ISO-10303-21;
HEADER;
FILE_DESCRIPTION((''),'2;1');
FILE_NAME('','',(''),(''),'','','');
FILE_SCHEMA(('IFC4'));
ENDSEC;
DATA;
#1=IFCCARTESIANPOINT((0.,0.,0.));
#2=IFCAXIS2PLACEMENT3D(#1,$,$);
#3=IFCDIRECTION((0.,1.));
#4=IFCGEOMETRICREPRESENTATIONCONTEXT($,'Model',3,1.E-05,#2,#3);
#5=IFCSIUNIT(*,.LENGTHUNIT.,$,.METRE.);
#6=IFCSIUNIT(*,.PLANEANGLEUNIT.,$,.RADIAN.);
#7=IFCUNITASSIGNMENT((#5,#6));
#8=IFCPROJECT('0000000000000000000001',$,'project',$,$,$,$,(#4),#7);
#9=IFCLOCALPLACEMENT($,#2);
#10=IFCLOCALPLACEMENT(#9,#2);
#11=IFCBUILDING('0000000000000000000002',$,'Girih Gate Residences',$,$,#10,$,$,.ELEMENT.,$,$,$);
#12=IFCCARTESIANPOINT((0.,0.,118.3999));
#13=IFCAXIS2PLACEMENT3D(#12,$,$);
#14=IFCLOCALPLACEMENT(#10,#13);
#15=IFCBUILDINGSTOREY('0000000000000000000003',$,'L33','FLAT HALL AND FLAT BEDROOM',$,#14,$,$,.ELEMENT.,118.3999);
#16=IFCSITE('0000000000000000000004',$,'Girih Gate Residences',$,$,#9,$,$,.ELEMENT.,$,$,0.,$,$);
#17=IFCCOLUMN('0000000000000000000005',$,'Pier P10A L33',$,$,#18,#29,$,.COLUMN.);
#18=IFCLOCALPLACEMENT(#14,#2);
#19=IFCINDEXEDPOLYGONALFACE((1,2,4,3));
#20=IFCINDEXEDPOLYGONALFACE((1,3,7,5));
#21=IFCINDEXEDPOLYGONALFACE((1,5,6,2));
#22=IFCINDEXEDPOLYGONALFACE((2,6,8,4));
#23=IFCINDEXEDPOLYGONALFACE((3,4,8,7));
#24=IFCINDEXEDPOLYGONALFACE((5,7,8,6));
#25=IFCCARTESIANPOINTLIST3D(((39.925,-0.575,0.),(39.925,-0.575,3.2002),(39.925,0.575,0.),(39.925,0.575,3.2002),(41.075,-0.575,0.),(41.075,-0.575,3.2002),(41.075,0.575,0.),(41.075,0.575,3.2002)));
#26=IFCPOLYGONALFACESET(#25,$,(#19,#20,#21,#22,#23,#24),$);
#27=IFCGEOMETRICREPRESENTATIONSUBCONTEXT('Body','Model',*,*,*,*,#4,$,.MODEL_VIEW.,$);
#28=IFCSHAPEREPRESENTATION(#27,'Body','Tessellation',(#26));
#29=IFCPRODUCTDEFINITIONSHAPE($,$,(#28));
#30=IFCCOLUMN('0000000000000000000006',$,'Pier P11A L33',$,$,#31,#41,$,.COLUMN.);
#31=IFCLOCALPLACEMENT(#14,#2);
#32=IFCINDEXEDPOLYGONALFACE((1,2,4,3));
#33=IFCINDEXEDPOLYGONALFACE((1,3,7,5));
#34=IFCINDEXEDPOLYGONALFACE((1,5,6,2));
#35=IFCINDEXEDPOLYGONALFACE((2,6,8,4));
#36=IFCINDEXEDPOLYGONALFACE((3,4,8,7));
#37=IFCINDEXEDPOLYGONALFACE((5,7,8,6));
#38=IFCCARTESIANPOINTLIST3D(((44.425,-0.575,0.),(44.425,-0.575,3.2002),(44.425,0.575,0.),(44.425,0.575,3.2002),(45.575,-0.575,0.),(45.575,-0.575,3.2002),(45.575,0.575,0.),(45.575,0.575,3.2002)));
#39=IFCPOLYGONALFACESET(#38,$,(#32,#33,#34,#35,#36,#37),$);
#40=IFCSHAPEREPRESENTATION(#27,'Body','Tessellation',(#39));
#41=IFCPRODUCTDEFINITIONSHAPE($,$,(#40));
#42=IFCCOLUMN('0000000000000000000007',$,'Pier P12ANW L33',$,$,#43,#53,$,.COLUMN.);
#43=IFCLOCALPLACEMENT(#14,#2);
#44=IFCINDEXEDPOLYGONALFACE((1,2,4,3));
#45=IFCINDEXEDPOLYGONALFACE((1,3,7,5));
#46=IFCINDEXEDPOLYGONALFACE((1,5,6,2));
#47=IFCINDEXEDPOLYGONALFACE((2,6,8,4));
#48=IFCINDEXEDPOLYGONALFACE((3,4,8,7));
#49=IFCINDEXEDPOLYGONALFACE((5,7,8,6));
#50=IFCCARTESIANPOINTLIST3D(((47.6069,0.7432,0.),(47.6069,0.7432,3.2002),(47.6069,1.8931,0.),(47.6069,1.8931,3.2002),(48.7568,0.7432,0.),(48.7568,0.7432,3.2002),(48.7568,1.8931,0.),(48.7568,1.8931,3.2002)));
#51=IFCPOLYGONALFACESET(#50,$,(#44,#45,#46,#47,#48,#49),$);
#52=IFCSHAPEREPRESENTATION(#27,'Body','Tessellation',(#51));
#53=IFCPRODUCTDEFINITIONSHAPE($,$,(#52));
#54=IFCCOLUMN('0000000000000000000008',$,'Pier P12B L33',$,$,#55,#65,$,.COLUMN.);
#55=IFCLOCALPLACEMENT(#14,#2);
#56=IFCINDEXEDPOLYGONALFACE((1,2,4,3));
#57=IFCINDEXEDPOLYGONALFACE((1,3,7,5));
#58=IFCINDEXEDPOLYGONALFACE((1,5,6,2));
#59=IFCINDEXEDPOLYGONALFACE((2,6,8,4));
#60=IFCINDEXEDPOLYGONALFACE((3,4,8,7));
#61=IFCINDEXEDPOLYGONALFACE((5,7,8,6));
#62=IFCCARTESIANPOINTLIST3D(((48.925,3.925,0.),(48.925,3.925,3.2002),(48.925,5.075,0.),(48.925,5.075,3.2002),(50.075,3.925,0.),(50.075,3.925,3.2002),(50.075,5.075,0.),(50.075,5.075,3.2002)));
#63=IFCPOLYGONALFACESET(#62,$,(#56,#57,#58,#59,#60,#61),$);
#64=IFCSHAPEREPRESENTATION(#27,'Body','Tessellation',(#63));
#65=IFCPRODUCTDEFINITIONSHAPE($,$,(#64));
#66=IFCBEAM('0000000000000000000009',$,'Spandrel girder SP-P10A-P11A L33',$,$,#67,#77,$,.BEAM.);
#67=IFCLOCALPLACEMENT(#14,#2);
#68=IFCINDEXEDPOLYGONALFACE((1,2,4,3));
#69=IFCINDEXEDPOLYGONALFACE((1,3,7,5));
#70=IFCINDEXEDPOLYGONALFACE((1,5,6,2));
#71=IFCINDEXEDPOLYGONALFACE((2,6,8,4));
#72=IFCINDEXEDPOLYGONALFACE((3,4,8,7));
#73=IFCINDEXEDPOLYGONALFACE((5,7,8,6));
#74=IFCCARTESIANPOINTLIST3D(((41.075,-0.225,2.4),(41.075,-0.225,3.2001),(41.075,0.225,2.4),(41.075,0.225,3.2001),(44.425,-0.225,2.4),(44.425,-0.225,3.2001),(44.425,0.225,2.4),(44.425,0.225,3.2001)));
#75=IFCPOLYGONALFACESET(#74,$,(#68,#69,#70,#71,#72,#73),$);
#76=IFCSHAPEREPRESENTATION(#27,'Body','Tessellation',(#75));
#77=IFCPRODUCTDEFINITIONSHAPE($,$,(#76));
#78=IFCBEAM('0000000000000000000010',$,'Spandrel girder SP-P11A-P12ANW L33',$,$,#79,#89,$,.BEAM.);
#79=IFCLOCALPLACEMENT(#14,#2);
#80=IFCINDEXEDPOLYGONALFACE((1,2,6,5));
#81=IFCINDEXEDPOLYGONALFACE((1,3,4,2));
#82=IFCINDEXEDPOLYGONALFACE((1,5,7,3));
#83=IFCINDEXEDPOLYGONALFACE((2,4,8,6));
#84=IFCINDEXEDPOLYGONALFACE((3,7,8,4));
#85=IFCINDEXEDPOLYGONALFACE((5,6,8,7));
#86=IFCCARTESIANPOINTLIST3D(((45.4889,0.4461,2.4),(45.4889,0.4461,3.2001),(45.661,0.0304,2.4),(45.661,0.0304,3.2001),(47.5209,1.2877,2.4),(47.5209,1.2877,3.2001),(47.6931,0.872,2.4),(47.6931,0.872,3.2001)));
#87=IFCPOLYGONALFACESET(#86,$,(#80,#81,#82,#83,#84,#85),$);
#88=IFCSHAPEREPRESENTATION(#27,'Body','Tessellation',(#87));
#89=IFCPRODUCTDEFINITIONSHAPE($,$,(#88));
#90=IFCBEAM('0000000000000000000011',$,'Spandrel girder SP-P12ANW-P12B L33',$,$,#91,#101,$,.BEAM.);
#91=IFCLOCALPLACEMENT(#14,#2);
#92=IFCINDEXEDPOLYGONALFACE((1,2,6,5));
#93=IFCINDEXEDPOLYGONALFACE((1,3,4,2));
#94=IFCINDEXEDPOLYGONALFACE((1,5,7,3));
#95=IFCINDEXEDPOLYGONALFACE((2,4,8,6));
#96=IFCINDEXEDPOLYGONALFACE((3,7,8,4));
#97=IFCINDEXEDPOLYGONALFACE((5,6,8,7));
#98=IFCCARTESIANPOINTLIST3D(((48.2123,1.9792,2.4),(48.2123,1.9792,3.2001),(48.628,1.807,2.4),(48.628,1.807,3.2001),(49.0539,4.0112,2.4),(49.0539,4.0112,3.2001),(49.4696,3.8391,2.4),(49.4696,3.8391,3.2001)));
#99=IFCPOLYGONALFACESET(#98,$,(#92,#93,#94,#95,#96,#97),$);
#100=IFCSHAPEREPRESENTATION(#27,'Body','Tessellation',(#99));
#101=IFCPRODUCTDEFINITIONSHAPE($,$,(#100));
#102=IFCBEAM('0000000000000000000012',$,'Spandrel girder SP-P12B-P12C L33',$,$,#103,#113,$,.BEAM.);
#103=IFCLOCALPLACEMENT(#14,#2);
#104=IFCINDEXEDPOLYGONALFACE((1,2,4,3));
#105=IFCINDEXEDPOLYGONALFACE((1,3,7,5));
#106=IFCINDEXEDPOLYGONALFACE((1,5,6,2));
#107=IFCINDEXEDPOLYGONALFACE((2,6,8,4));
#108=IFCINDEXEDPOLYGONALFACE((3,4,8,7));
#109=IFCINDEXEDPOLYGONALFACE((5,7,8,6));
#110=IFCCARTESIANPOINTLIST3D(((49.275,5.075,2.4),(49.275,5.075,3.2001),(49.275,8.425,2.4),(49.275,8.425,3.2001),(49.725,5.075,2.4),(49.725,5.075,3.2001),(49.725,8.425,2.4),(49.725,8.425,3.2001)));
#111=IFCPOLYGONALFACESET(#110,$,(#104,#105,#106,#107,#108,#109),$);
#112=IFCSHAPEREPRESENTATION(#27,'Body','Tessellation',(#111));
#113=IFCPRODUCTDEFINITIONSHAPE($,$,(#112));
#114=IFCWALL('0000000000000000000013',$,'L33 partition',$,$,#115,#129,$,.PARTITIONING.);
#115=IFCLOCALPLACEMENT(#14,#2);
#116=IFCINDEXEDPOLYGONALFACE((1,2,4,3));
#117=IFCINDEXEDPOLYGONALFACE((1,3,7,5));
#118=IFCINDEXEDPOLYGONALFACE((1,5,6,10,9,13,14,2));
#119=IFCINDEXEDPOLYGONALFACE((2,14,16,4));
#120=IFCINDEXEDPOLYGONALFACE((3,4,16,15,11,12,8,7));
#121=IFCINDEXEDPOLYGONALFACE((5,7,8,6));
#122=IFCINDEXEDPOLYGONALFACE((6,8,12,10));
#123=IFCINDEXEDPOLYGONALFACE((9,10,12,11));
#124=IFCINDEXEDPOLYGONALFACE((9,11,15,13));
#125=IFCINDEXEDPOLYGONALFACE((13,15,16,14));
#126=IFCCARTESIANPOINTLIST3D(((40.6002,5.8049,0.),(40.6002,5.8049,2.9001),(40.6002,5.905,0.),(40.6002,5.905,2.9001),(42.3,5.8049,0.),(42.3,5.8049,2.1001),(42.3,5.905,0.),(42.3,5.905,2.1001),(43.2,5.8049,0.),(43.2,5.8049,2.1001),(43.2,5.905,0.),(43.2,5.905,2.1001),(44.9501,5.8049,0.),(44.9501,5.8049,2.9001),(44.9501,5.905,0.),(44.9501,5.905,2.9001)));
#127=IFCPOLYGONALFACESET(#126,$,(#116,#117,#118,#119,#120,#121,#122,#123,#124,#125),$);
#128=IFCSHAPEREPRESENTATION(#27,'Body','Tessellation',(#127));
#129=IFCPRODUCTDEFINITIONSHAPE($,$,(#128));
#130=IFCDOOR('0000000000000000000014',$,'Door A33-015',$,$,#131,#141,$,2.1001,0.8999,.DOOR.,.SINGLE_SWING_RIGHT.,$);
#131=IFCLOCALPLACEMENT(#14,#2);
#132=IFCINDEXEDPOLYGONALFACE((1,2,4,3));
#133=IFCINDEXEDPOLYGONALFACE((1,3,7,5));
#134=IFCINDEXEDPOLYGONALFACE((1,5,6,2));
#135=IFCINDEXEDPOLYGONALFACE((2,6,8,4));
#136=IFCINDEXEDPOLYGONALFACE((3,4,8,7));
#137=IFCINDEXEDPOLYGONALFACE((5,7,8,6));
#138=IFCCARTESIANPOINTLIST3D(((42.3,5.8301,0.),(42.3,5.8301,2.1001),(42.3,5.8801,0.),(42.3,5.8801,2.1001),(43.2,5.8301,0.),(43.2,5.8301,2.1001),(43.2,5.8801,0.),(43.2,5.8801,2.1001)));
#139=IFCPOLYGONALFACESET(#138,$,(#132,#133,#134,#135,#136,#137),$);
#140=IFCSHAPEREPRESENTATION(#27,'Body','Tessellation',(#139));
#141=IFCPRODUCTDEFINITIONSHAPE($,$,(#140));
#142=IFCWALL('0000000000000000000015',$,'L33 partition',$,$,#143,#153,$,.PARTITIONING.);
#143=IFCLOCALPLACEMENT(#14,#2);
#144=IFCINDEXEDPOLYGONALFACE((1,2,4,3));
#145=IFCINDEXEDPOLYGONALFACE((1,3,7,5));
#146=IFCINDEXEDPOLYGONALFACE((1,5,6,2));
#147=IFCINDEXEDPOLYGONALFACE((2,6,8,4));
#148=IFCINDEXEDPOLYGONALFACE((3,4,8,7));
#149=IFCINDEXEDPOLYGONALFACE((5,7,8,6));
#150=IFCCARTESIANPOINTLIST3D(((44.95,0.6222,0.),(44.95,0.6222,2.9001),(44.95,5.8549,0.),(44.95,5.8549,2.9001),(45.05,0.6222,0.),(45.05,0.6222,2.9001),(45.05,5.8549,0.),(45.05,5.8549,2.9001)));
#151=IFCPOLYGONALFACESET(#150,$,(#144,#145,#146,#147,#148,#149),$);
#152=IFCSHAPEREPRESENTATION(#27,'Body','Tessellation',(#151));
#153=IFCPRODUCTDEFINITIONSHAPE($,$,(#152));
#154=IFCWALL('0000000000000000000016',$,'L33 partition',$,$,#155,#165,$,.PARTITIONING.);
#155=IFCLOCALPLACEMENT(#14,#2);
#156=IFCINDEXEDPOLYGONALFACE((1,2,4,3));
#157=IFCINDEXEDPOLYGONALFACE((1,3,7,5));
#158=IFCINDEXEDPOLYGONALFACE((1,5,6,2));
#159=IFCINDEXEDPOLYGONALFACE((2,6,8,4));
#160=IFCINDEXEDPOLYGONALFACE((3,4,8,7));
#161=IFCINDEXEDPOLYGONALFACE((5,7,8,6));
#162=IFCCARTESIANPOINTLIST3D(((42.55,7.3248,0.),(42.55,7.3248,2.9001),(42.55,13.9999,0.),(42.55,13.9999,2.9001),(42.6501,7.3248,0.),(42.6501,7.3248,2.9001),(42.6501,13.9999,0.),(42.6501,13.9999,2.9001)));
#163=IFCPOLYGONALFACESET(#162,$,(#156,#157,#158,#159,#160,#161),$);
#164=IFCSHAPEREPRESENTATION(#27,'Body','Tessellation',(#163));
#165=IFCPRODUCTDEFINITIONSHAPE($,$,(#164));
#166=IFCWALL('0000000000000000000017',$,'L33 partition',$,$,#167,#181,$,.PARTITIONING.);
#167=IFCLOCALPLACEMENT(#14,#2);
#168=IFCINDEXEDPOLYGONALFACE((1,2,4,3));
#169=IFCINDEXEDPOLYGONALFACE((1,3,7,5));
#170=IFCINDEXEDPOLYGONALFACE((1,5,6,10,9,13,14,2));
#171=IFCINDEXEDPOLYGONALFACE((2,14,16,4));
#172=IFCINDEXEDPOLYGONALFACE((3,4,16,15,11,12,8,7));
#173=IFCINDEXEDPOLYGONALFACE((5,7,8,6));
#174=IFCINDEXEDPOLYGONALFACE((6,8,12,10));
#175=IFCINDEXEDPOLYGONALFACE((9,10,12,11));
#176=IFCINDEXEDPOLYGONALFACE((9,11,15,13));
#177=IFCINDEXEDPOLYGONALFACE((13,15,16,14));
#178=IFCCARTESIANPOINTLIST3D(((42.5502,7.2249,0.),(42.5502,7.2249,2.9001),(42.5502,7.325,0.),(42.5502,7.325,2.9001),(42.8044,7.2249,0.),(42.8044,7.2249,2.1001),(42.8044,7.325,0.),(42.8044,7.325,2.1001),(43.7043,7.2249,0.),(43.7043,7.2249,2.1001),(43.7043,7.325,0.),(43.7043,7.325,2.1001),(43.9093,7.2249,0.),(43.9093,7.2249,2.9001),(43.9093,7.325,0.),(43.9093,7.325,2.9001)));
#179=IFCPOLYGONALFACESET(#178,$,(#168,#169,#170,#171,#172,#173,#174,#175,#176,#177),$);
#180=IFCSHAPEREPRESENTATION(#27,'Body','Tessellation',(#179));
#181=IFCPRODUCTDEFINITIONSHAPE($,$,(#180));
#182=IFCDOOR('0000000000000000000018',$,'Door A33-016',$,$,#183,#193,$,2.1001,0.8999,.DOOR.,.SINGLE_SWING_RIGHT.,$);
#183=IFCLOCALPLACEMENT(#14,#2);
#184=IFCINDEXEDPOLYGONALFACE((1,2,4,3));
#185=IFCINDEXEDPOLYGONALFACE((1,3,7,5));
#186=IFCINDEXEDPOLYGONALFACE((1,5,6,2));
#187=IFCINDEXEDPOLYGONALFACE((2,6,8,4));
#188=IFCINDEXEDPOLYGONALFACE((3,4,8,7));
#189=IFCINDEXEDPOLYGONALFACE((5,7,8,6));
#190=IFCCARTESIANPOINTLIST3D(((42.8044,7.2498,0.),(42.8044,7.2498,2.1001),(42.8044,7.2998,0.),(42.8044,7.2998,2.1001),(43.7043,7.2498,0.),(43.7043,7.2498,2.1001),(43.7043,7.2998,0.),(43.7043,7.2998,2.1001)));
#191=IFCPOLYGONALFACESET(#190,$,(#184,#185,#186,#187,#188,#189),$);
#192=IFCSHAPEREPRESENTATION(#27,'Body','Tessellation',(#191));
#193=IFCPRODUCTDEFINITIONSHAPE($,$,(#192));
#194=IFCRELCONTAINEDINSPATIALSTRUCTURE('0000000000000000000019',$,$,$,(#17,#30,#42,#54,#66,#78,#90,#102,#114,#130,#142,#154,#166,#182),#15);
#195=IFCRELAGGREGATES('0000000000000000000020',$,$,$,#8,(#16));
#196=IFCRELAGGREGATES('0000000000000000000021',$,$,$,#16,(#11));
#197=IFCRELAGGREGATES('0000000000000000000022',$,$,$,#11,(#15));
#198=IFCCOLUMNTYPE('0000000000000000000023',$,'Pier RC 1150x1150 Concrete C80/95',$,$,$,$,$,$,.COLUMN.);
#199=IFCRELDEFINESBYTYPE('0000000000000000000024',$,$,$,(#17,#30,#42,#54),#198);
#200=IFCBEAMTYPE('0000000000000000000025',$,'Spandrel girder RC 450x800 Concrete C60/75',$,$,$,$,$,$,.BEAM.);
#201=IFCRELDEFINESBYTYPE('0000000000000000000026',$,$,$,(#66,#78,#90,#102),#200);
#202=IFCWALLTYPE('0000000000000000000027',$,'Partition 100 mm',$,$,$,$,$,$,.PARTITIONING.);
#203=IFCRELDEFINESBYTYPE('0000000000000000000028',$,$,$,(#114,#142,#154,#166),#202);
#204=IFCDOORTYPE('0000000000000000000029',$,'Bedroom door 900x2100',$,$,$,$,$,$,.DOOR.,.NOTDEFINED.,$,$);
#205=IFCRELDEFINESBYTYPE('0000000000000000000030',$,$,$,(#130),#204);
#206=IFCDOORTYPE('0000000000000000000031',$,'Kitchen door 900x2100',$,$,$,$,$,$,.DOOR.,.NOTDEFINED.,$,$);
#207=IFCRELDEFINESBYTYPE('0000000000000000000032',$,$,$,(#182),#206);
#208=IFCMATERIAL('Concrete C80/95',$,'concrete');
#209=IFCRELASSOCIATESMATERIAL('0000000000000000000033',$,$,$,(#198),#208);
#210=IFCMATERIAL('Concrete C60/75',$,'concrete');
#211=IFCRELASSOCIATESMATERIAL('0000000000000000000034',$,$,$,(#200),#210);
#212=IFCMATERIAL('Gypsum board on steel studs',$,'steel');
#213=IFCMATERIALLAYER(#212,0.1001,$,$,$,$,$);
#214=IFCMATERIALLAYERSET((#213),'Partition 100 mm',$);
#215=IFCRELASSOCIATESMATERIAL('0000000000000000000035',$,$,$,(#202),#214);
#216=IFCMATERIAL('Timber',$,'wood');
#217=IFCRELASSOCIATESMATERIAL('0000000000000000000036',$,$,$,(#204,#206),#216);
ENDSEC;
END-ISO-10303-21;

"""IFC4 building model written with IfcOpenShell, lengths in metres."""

from ifc_helpers import new_model, si_unit, direction, frame, frame_2d, origin, origin_2d, place, context, subcontext, project, spatial, rectangle, extrude, material, layer, layer_set, material_profile, profile_set, type_object, element, fill, save


model = new_model("IFC4")

# Units and contexts
model_context = context("Model", 3, precision=1e-05, world=origin(), true_north=direction((0.0, 1.0)))
body_context = subcontext(model_context, "Body", "Model", "MODEL_VIEW")
ifc_project = project(units=[si_unit("LENGTHUNIT", "METRE"), si_unit("PLANEANGLEUNIT", "RADIAN")], contexts=[model_context])

# Site, building, storey
site_placement = place(None, origin())
site = spatial("IfcSite", under=ifc_project, at=site_placement, Name="Girih Gate Residences", CompositionType="ELEMENT", RefElevation=0.0)
building_placement = place(site_placement, origin())
building = spatial("IfcBuilding", under=site, at=building_placement, Name="Girih Gate Residences", CompositionType="ELEMENT")
storey_placement = place(building_placement, frame((0.0, 0.0, 118.3999)))
storey = spatial("IfcBuildingStorey", under=building, at=storey_placement, Name="L33", Description="FLAT HALL AND FLAT BEDROOM", CompositionType="ELEMENT", Elevation=118.3999)

# Columns
ifc_material_1 = material(Name="Concrete C80/95", Category="concrete")
ifc_material_profile_1 = material_profile(ifc_material_1, rectangle(XDim=1.1499, YDim=1.1499, at=origin_2d()))
ifc_profile_set_1 = profile_set([ifc_material_profile_1], Name="Concrete C80/95")
column_type = type_object("IfcColumnType", Name="Pier RC 1150x1150 Concrete C80/95", PredefinedType="COLUMN", material=ifc_profile_set_1)
for number, where, z_axis, x_axis, name in (
    (1, (40.5, 0.0, 0.0), (0.0, 0.0, 1.0), (1.0, 0.0, 0.0), "Pier P10A L33"),
    (2, (45.0, 0.0, 0.0), (0.0, 0.0, 1.0), (1.0, 0.0, 0.0), "Pier P11A L33"),
    (3, (48.1819, 1.3181, 0.0), (0.0, 0.0, 1.0), (1.0, 0.0, 0.0), "Pier P12ANW L33"),
    (4, (49.5, 4.5, 0.0), (0.0, 0.0, 1.0), (1.0, 0.0, 0.0), "Pier P12B L33"),
):
    element("IfcColumn", number, at=place(storey_placement, frame(where, z_axis=z_axis, x_axis=x_axis)), inside=storey, type_object=column_type, Name=name, PredefinedType="COLUMN", context=body_context, shape_type="SweptSolid", body=[
        extrude(rectangle(XDim=1.1499, YDim=1.1499, at=origin_2d()), origin(), (0.0, 0.0, 1.0), 3.2002),
    ])

# Beams
ifc_material_2 = material(Name="Concrete C60/75", Category="concrete")
ifc_material_profile_2 = material_profile(ifc_material_2, rectangle(XDim=0.45, YDim=0.8, at=origin_2d()))
ifc_profile_set_2 = profile_set([ifc_material_profile_2], Name="Concrete C60/75")
beam_type = type_object("IfcBeamType", Name="Spandrel girder RC 450x800 Concrete C60/75", PredefinedType="BEAM", material=ifc_profile_set_2)
beam_1_placement = place(storey_placement, frame((41.075, 0.0, 2.8), z_axis=(1.0, 0.0, 0.0), x_axis=(0.0, 1.0, 0.0)))
element("IfcBeam", 5, at=beam_1_placement, inside=storey, type_object=beam_type, Name="Spandrel girder SP-P10A-P11A L33", PredefinedType="BEAM", context=body_context, shape_type="SweptSolid", body=[
    extrude(rectangle(XDim=0.45, YDim=0.8, at=origin_2d()), origin(), (0.0, 0.0, 1.0), 3.3501),
])
for number, where, z_axis, x_axis, name in (
    (6, (45.575, 0.2383, 2.8), (0.923899, 0.382636, 0.0), (-0.382636, 0.923899, 0.0), "Spandrel girder SP-P11A-P12ANW L33"),
    (7, (48.4202, 1.8931, 2.8), (0.382636, 0.923899, 0.0), (-0.923899, 0.382636, 0.0), "Spandrel girder SP-P12ANW-P12B L33"),
):
    element("IfcBeam", number, at=place(storey_placement, frame(where, z_axis=z_axis, x_axis=x_axis)), inside=storey, type_object=beam_type, Name=name, PredefinedType="BEAM", context=body_context, shape_type="SweptSolid", body=[
        extrude(rectangle(XDim=0.45, YDim=0.8, at=origin_2d()), origin(), (0.0, 0.0, 1.0), 2.1995),
    ])
beam_2_placement = place(storey_placement, frame((49.5, 5.075, 2.8), z_axis=(0.0, 1.0, 0.0), x_axis=(-1.0, 0.0, 0.0)))
element("IfcBeam", 8, at=beam_2_placement, inside=storey, type_object=beam_type, Name="Spandrel girder SP-P12B-P12C L33", PredefinedType="BEAM", context=body_context, shape_type="SweptSolid", body=[
    extrude(rectangle(XDim=0.45, YDim=0.8, at=origin_2d()), origin(), (0.0, 0.0, 1.0), 3.3501),
])

# Wall, opening, door
ifc_material_3 = material(Name="Gypsum board on steel studs", Category="steel")
ifc_layer_1 = layer(ifc_material_3, 0.1001)
ifc_layer_set_1 = layer_set([ifc_layer_1], Name="Partition 100 mm")
wall_type_1 = type_object("IfcWallType", Name="Partition 100 mm", PredefinedType="PARTITIONING", material=ifc_layer_set_1)
wall_1_placement = place(storey_placement, frame((44.95, 5.855, 0.0), z_axis=(0.0, 0.0, 1.0), x_axis=(-1.0, 0.0, 0.0)))
wall_1 = element("IfcWall", 9, at=wall_1_placement, inside=storey, type_object=wall_type_1, Name="L33 partition", PredefinedType="PARTITIONING", context=body_context, shape_type="SweptSolid", body=[
    extrude(rectangle(XDim=4.3499, YDim=0.1001, at=frame_2d((2.1748, 0.0))), origin(), (0.0, 0.0, 1.0), 2.9001),
])
opening_1_placement = place(wall_1_placement, frame((1.75, 0.0, 0.0)))
opening_1 = element("IfcOpeningElement", 10, at=opening_1_placement, cuts=wall_1, PredefinedType="OPENING", context=body_context, shape_type="SweptSolid", body=[
    extrude(rectangle(XDim=0.8999, YDim=2.1001, at=frame_2d((0.45, 1.05))), frame((0.0, 0.0601, 0.0), z_axis=(0.0, -1.0, 0.0), x_axis=(1.0, 0.0, 0.0)), (0.0, 0.0, 1.0), 0.1201),
])
ifc_material_4 = material(Name="Timber", Category="wood")
door_type_1 = type_object("IfcDoorType", Name="Bedroom door 900x2100", OperationType="NOTDEFINED", PredefinedType="DOOR", material=ifc_material_4)
door_1_placement = place(opening_1_placement, origin())
door_1 = element("IfcDoor", 11, at=door_1_placement, inside=storey, type_object=door_type_1, Name="Door A33-015", OperationType="SINGLE_SWING_RIGHT", OverallHeight=2.1001, OverallWidth=0.8999, PredefinedType="DOOR", context=body_context, shape_type="SweptSolid", body=[
    extrude(rectangle(XDim=0.8999, YDim=2.1001, at=frame_2d((0.45, 1.05))), frame((0.0, 0.0249, 0.0), z_axis=(0.0, -1.0, 0.0), x_axis=(1.0, 0.0, 0.0)), (0.0, 0.0, 1.0), 0.05),
])
fill(opening_1, door_1)

# Walls
wall_2_placement = place(storey_placement, frame((45.0, 0.6223, 0.0), z_axis=(0.0, 0.0, 1.0), x_axis=(0.0, 1.0, 0.0)))
element("IfcWall", 12, at=wall_2_placement, inside=storey, type_object=wall_type_1, Name="L33 partition", PredefinedType="PARTITIONING", context=body_context, shape_type="SweptSolid", body=[
    extrude(rectangle(XDim=5.2327, YDim=0.1001, at=frame_2d((2.6162, 0.0))), origin(), (0.0, 0.0, 1.0), 2.9001),
])
wall_3_placement = place(storey_placement, frame((42.6001, 7.325, 0.0), z_axis=(0.0, 0.0, 1.0), x_axis=(0.0, 1.0, 0.0)))
element("IfcWall", 13, at=wall_3_placement, inside=storey, type_object=wall_type_1, Name="L33 partition", PredefinedType="PARTITIONING", context=body_context, shape_type="SweptSolid", body=[
    extrude(rectangle(XDim=6.675, YDim=0.1001, at=frame_2d((3.3374, 0.0))), origin(), (0.0, 0.0, 1.0), 2.9001),
])

# Wall, opening, door
wall_4_placement = place(storey_placement, frame((42.55, 7.2749, 0.0), z_axis=(0.0, 0.0, 1.0), x_axis=(1.0, 0.0, 0.0)))
wall_4 = element("IfcWall", 14, at=wall_4_placement, inside=storey, type_object=wall_type_1, Name="L33 partition", PredefinedType="PARTITIONING", context=body_context, shape_type="SweptSolid", body=[
    extrude(rectangle(XDim=1.3591, YDim=0.1001, at=frame_2d((0.6797, 0.0))), origin(), (0.0, 0.0, 1.0), 2.9001),
])
opening_2_placement = place(wall_4_placement, frame((0.2544, 0.0, 0.0)))
opening_2 = element("IfcOpeningElement", 15, at=opening_2_placement, cuts=wall_4, PredefinedType="OPENING", context=body_context, shape_type="SweptSolid", body=[
    extrude(rectangle(XDim=0.8999, YDim=2.1001, at=frame_2d((0.45, 1.05))), frame((0.0, 0.0601, 0.0), z_axis=(0.0, -1.0, 0.0), x_axis=(1.0, 0.0, 0.0)), (0.0, 0.0, 1.0), 0.1201),
])
door_type_2 = type_object("IfcDoorType", Name="Kitchen door 900x2100", OperationType="NOTDEFINED", PredefinedType="DOOR", material=ifc_material_4)
door_2_placement = place(opening_2_placement, origin())
door_2 = element("IfcDoor", 16, at=door_2_placement, inside=storey, type_object=door_type_2, Name="Door A33-016", OperationType="SINGLE_SWING_RIGHT", OverallHeight=2.1001, OverallWidth=0.8999, PredefinedType="DOOR", context=body_context, shape_type="SweptSolid", body=[
    extrude(rectangle(XDim=0.8999, YDim=2.1001, at=frame_2d((0.45, 1.05))), frame((0.0, 0.0249, 0.0), z_axis=(0.0, -1.0, 0.0), x_axis=(1.0, 0.0, 0.0)), (0.0, 0.0, 1.0), 0.05),
])
fill(opening_2, door_2)

save(model, "model.ifc")
